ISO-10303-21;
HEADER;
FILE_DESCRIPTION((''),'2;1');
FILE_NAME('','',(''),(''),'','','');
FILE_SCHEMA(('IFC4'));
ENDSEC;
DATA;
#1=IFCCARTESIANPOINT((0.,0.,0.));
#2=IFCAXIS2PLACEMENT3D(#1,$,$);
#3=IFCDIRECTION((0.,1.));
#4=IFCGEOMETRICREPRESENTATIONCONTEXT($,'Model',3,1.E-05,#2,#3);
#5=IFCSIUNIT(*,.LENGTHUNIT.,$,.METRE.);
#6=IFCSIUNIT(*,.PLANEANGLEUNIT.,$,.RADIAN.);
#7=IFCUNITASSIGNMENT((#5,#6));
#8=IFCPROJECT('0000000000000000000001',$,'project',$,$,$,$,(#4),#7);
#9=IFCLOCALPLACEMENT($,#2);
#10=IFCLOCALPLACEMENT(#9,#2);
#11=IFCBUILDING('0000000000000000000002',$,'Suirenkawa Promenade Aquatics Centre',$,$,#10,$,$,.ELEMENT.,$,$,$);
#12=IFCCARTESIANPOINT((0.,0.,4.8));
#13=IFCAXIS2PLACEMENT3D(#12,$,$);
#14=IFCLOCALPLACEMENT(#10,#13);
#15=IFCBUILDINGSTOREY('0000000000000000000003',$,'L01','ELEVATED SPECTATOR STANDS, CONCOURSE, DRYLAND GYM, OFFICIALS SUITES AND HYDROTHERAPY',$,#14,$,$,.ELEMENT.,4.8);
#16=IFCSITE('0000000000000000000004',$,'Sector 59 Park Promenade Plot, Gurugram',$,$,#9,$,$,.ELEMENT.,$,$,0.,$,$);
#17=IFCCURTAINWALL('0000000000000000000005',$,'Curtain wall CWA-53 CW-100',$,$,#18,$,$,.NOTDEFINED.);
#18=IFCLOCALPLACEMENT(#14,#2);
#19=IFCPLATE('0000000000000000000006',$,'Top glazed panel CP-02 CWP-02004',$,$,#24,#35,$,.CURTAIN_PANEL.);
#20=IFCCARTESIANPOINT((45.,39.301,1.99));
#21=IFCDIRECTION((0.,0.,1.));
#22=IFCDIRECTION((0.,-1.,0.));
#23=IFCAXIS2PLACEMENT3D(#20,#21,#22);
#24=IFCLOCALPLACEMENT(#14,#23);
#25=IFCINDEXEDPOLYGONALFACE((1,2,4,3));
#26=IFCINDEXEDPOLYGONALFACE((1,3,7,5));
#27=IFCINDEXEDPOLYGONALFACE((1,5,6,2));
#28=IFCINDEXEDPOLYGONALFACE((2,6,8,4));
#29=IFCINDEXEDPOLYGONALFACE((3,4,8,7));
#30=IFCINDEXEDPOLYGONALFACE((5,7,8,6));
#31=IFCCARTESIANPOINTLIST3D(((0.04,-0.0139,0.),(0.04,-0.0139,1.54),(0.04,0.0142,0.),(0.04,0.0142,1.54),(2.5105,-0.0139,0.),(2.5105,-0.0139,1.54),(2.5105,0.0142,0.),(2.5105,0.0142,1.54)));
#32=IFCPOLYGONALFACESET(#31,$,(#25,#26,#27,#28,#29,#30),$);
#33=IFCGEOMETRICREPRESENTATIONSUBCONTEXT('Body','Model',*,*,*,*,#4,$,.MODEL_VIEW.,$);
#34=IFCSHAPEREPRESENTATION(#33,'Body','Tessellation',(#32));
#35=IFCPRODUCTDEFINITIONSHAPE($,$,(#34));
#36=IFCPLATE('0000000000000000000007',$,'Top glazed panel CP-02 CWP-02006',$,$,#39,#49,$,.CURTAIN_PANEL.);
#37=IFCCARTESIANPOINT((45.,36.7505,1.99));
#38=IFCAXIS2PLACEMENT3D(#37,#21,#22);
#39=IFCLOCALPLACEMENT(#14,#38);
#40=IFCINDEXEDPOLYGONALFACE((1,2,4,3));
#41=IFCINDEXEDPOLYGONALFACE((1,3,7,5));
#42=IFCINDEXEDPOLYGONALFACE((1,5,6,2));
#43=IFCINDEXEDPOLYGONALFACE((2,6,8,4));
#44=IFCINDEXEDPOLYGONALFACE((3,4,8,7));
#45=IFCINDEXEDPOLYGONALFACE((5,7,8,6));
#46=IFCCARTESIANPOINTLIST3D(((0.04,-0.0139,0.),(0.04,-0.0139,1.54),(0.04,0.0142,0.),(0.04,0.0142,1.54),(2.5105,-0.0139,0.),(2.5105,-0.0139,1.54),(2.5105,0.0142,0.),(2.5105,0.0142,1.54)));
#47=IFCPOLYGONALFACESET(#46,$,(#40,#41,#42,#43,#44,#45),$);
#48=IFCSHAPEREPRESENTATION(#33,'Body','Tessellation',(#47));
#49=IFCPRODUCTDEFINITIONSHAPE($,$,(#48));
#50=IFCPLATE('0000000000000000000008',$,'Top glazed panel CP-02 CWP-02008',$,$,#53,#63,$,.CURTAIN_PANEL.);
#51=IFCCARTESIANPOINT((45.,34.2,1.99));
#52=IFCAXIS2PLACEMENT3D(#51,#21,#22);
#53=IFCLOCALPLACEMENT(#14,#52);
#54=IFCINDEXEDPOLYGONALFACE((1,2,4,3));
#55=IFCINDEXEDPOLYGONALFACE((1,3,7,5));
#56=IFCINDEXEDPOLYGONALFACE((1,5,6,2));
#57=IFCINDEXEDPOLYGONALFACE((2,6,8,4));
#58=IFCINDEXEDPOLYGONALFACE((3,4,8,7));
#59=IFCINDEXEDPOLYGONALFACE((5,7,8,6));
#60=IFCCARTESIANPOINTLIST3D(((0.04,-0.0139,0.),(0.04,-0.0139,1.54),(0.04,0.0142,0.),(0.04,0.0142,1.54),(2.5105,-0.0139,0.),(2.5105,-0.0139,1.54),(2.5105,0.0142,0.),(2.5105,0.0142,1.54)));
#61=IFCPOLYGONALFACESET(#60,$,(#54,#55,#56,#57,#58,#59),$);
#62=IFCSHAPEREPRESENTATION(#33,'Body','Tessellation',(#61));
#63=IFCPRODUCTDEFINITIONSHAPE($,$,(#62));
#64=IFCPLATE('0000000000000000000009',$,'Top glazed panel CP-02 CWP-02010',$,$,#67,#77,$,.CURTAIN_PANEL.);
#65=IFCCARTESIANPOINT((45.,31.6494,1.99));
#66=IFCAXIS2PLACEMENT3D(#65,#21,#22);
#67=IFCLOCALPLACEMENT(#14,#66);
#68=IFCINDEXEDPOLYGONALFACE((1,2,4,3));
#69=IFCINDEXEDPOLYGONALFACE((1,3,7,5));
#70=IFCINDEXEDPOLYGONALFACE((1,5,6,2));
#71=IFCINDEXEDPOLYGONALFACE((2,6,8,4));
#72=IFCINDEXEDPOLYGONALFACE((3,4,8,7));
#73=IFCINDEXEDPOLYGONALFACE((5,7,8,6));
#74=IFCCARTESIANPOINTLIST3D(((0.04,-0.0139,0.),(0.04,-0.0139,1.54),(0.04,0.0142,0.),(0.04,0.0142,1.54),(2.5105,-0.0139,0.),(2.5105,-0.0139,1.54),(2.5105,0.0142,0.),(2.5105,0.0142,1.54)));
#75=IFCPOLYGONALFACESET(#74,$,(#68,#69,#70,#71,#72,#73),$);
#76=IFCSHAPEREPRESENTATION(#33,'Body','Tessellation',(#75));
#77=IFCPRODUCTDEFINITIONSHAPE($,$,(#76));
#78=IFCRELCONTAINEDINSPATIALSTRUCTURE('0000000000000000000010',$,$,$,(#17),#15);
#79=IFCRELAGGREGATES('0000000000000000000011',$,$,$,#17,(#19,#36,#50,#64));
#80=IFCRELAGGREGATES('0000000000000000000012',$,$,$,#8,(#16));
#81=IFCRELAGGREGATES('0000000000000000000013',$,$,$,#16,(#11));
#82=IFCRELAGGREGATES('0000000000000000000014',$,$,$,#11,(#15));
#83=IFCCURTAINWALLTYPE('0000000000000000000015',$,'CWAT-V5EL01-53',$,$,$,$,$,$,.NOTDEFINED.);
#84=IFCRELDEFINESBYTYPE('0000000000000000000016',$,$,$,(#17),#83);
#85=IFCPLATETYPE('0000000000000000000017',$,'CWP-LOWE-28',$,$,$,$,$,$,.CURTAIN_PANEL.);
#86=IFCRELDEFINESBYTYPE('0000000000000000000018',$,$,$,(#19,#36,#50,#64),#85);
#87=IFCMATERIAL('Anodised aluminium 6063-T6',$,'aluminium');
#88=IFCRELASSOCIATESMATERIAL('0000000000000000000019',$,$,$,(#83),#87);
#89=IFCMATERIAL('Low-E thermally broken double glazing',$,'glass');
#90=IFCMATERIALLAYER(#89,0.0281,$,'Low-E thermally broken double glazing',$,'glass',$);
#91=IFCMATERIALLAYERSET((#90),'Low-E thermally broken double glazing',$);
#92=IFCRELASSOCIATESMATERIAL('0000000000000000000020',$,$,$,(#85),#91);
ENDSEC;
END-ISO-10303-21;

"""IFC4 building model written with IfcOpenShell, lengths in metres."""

from ifc_helpers import new_model, si_unit, direction, frame, origin, place, context, subcontext, project, spatial, polyline, outline, extrude, material, layer, layer_set, type_object, element, aggregate, save


model = new_model("IFC4")

# Units and contexts
model_context = context("Model", 3, precision=1e-05, world=origin(), true_north=direction((0.0, 1.0)))
body_context = subcontext(model_context, "Body", "Model", "MODEL_VIEW")
ifc_project = project(units=[si_unit("LENGTHUNIT", "METRE"), si_unit("PLANEANGLEUNIT", "RADIAN")], contexts=[model_context])

# Site, building, storey
site_placement = place(None, origin())
site = spatial("IfcSite", under=ifc_project, at=site_placement, Name="Sector 59 Park Promenade Plot, Gurugram", CompositionType="ELEMENT", RefElevation=0.0)
building_placement = place(site_placement, origin())
building = spatial("IfcBuilding", under=site, at=building_placement, Name="Suirenkawa Promenade Aquatics Centre", CompositionType="ELEMENT")
storey_placement = place(building_placement, frame((0.0, 0.0, 4.8)))
storey = spatial("IfcBuildingStorey", under=building, at=storey_placement, Name="L01", Description="ELEVATED SPECTATOR STANDS, CONCOURSE, DRYLAND GYM, OFFICIALS SUITES AND HYDROTHERAPY", CompositionType="ELEMENT", Elevation=4.8)

# Curtain wall
ifc_material_1 = material(Name="Anodised aluminium 6063-T6", Category="aluminium")
curtain_wall_type_1 = type_object("IfcCurtainWallType", Name="CWAT-V5EL01-53", PredefinedType="NOTDEFINED", material=ifc_material_1)
curtain_wall_1_placement = place(storey_placement, origin())
curtain_wall_1 = element("IfcCurtainWall", 1, at=curtain_wall_1_placement, inside=storey, type_object=curtain_wall_type_1, Name="Curtain wall CWA-53 CW-100", PredefinedType="NOTDEFINED")

# Plates
ifc_material_2 = material(Name="Low-E thermally broken double glazing", Category="glass")
ifc_layer_1 = layer(ifc_material_2, 0.0281, Name="Low-E thermally broken double glazing", Category="glass")
ifc_layer_set_1 = layer_set([ifc_layer_1], Name="Low-E thermally broken double glazing")
plate_type = type_object("IfcPlateType", Name="CWP-LOWE-28", PredefinedType="CURTAIN_PANEL", material=ifc_layer_set_1)
plate_1_placement = place(storey_placement, frame((45.0, 39.301, 1.99), z_axis=(0.0, 0.0, 1.0), x_axis=(0.0, -1.0, 0.0)))
plate_1 = element("IfcPlate", 2, at=plate_1_placement, type_object=plate_type, Name="Top glazed panel CP-02 CWP-02004", PredefinedType="CURTAIN_PANEL", context=body_context, shape_type="SweptSolid", body=[
    extrude(outline(polyline([(0.04, 0.0), (2.5105, 0.0), (2.5105, 1.54), (0.04, 1.54), (0.04, 0.0)])), frame((0.0, 0.0142, 0.0), z_axis=(0.0, -1.0, 0.0), x_axis=(1.0, 0.0, 0.0)), (0.0, 0.0, 1.0), 0.0281),
])
plate_2_placement = place(storey_placement, frame((45.0, 36.7505, 1.99), z_axis=(0.0, 0.0, 1.0), x_axis=(0.0, -1.0, 0.0)))
plate_2 = element("IfcPlate", 3, at=plate_2_placement, type_object=plate_type, Name="Top glazed panel CP-02 CWP-02006", PredefinedType="CURTAIN_PANEL", context=body_context, shape_type="SweptSolid", body=[
    extrude(outline(polyline([(0.04, 0.0), (2.5105, 0.0), (2.5105, 1.54), (0.04, 1.54), (0.04, 0.0)])), frame((0.0, 0.0142, 0.0), z_axis=(0.0, -1.0, 0.0), x_axis=(1.0, 0.0, 0.0)), (0.0, 0.0, 1.0), 0.0281),
])
plate_3_placement = place(storey_placement, frame((45.0, 34.2, 1.99), z_axis=(0.0, 0.0, 1.0), x_axis=(0.0, -1.0, 0.0)))
plate_3 = element("IfcPlate", 4, at=plate_3_placement, type_object=plate_type, Name="Top glazed panel CP-02 CWP-02008", PredefinedType="CURTAIN_PANEL", context=body_context, shape_type="SweptSolid", body=[
    extrude(outline(polyline([(0.04, 0.0), (2.5105, 0.0), (2.5105, 1.54), (0.04, 1.54), (0.04, 0.0)])), frame((0.0, 0.0142, 0.0), z_axis=(0.0, -1.0, 0.0), x_axis=(1.0, 0.0, 0.0)), (0.0, 0.0, 1.0), 0.0281),
])
plate_4_placement = place(storey_placement, frame((45.0, 31.6494, 1.99), z_axis=(0.0, 0.0, 1.0), x_axis=(0.0, -1.0, 0.0)))
plate_4 = element("IfcPlate", 5, at=plate_4_placement, type_object=plate_type, Name="Top glazed panel CP-02 CWP-02010", PredefinedType="CURTAIN_PANEL", context=body_context, shape_type="SweptSolid", body=[
    extrude(outline(polyline([(0.04, 0.0), (2.5105, 0.0), (2.5105, 1.54), (0.04, 1.54), (0.04, 0.0)])), frame((0.0, 0.0142, 0.0), z_axis=(0.0, -1.0, 0.0), x_axis=(1.0, 0.0, 0.0)), (0.0, 0.0, 1.0), 0.0281),
])
aggregate(curtain_wall_1, [plate_1, plate_2, plate_3, plate_4])

save(model, "model.ifc")
